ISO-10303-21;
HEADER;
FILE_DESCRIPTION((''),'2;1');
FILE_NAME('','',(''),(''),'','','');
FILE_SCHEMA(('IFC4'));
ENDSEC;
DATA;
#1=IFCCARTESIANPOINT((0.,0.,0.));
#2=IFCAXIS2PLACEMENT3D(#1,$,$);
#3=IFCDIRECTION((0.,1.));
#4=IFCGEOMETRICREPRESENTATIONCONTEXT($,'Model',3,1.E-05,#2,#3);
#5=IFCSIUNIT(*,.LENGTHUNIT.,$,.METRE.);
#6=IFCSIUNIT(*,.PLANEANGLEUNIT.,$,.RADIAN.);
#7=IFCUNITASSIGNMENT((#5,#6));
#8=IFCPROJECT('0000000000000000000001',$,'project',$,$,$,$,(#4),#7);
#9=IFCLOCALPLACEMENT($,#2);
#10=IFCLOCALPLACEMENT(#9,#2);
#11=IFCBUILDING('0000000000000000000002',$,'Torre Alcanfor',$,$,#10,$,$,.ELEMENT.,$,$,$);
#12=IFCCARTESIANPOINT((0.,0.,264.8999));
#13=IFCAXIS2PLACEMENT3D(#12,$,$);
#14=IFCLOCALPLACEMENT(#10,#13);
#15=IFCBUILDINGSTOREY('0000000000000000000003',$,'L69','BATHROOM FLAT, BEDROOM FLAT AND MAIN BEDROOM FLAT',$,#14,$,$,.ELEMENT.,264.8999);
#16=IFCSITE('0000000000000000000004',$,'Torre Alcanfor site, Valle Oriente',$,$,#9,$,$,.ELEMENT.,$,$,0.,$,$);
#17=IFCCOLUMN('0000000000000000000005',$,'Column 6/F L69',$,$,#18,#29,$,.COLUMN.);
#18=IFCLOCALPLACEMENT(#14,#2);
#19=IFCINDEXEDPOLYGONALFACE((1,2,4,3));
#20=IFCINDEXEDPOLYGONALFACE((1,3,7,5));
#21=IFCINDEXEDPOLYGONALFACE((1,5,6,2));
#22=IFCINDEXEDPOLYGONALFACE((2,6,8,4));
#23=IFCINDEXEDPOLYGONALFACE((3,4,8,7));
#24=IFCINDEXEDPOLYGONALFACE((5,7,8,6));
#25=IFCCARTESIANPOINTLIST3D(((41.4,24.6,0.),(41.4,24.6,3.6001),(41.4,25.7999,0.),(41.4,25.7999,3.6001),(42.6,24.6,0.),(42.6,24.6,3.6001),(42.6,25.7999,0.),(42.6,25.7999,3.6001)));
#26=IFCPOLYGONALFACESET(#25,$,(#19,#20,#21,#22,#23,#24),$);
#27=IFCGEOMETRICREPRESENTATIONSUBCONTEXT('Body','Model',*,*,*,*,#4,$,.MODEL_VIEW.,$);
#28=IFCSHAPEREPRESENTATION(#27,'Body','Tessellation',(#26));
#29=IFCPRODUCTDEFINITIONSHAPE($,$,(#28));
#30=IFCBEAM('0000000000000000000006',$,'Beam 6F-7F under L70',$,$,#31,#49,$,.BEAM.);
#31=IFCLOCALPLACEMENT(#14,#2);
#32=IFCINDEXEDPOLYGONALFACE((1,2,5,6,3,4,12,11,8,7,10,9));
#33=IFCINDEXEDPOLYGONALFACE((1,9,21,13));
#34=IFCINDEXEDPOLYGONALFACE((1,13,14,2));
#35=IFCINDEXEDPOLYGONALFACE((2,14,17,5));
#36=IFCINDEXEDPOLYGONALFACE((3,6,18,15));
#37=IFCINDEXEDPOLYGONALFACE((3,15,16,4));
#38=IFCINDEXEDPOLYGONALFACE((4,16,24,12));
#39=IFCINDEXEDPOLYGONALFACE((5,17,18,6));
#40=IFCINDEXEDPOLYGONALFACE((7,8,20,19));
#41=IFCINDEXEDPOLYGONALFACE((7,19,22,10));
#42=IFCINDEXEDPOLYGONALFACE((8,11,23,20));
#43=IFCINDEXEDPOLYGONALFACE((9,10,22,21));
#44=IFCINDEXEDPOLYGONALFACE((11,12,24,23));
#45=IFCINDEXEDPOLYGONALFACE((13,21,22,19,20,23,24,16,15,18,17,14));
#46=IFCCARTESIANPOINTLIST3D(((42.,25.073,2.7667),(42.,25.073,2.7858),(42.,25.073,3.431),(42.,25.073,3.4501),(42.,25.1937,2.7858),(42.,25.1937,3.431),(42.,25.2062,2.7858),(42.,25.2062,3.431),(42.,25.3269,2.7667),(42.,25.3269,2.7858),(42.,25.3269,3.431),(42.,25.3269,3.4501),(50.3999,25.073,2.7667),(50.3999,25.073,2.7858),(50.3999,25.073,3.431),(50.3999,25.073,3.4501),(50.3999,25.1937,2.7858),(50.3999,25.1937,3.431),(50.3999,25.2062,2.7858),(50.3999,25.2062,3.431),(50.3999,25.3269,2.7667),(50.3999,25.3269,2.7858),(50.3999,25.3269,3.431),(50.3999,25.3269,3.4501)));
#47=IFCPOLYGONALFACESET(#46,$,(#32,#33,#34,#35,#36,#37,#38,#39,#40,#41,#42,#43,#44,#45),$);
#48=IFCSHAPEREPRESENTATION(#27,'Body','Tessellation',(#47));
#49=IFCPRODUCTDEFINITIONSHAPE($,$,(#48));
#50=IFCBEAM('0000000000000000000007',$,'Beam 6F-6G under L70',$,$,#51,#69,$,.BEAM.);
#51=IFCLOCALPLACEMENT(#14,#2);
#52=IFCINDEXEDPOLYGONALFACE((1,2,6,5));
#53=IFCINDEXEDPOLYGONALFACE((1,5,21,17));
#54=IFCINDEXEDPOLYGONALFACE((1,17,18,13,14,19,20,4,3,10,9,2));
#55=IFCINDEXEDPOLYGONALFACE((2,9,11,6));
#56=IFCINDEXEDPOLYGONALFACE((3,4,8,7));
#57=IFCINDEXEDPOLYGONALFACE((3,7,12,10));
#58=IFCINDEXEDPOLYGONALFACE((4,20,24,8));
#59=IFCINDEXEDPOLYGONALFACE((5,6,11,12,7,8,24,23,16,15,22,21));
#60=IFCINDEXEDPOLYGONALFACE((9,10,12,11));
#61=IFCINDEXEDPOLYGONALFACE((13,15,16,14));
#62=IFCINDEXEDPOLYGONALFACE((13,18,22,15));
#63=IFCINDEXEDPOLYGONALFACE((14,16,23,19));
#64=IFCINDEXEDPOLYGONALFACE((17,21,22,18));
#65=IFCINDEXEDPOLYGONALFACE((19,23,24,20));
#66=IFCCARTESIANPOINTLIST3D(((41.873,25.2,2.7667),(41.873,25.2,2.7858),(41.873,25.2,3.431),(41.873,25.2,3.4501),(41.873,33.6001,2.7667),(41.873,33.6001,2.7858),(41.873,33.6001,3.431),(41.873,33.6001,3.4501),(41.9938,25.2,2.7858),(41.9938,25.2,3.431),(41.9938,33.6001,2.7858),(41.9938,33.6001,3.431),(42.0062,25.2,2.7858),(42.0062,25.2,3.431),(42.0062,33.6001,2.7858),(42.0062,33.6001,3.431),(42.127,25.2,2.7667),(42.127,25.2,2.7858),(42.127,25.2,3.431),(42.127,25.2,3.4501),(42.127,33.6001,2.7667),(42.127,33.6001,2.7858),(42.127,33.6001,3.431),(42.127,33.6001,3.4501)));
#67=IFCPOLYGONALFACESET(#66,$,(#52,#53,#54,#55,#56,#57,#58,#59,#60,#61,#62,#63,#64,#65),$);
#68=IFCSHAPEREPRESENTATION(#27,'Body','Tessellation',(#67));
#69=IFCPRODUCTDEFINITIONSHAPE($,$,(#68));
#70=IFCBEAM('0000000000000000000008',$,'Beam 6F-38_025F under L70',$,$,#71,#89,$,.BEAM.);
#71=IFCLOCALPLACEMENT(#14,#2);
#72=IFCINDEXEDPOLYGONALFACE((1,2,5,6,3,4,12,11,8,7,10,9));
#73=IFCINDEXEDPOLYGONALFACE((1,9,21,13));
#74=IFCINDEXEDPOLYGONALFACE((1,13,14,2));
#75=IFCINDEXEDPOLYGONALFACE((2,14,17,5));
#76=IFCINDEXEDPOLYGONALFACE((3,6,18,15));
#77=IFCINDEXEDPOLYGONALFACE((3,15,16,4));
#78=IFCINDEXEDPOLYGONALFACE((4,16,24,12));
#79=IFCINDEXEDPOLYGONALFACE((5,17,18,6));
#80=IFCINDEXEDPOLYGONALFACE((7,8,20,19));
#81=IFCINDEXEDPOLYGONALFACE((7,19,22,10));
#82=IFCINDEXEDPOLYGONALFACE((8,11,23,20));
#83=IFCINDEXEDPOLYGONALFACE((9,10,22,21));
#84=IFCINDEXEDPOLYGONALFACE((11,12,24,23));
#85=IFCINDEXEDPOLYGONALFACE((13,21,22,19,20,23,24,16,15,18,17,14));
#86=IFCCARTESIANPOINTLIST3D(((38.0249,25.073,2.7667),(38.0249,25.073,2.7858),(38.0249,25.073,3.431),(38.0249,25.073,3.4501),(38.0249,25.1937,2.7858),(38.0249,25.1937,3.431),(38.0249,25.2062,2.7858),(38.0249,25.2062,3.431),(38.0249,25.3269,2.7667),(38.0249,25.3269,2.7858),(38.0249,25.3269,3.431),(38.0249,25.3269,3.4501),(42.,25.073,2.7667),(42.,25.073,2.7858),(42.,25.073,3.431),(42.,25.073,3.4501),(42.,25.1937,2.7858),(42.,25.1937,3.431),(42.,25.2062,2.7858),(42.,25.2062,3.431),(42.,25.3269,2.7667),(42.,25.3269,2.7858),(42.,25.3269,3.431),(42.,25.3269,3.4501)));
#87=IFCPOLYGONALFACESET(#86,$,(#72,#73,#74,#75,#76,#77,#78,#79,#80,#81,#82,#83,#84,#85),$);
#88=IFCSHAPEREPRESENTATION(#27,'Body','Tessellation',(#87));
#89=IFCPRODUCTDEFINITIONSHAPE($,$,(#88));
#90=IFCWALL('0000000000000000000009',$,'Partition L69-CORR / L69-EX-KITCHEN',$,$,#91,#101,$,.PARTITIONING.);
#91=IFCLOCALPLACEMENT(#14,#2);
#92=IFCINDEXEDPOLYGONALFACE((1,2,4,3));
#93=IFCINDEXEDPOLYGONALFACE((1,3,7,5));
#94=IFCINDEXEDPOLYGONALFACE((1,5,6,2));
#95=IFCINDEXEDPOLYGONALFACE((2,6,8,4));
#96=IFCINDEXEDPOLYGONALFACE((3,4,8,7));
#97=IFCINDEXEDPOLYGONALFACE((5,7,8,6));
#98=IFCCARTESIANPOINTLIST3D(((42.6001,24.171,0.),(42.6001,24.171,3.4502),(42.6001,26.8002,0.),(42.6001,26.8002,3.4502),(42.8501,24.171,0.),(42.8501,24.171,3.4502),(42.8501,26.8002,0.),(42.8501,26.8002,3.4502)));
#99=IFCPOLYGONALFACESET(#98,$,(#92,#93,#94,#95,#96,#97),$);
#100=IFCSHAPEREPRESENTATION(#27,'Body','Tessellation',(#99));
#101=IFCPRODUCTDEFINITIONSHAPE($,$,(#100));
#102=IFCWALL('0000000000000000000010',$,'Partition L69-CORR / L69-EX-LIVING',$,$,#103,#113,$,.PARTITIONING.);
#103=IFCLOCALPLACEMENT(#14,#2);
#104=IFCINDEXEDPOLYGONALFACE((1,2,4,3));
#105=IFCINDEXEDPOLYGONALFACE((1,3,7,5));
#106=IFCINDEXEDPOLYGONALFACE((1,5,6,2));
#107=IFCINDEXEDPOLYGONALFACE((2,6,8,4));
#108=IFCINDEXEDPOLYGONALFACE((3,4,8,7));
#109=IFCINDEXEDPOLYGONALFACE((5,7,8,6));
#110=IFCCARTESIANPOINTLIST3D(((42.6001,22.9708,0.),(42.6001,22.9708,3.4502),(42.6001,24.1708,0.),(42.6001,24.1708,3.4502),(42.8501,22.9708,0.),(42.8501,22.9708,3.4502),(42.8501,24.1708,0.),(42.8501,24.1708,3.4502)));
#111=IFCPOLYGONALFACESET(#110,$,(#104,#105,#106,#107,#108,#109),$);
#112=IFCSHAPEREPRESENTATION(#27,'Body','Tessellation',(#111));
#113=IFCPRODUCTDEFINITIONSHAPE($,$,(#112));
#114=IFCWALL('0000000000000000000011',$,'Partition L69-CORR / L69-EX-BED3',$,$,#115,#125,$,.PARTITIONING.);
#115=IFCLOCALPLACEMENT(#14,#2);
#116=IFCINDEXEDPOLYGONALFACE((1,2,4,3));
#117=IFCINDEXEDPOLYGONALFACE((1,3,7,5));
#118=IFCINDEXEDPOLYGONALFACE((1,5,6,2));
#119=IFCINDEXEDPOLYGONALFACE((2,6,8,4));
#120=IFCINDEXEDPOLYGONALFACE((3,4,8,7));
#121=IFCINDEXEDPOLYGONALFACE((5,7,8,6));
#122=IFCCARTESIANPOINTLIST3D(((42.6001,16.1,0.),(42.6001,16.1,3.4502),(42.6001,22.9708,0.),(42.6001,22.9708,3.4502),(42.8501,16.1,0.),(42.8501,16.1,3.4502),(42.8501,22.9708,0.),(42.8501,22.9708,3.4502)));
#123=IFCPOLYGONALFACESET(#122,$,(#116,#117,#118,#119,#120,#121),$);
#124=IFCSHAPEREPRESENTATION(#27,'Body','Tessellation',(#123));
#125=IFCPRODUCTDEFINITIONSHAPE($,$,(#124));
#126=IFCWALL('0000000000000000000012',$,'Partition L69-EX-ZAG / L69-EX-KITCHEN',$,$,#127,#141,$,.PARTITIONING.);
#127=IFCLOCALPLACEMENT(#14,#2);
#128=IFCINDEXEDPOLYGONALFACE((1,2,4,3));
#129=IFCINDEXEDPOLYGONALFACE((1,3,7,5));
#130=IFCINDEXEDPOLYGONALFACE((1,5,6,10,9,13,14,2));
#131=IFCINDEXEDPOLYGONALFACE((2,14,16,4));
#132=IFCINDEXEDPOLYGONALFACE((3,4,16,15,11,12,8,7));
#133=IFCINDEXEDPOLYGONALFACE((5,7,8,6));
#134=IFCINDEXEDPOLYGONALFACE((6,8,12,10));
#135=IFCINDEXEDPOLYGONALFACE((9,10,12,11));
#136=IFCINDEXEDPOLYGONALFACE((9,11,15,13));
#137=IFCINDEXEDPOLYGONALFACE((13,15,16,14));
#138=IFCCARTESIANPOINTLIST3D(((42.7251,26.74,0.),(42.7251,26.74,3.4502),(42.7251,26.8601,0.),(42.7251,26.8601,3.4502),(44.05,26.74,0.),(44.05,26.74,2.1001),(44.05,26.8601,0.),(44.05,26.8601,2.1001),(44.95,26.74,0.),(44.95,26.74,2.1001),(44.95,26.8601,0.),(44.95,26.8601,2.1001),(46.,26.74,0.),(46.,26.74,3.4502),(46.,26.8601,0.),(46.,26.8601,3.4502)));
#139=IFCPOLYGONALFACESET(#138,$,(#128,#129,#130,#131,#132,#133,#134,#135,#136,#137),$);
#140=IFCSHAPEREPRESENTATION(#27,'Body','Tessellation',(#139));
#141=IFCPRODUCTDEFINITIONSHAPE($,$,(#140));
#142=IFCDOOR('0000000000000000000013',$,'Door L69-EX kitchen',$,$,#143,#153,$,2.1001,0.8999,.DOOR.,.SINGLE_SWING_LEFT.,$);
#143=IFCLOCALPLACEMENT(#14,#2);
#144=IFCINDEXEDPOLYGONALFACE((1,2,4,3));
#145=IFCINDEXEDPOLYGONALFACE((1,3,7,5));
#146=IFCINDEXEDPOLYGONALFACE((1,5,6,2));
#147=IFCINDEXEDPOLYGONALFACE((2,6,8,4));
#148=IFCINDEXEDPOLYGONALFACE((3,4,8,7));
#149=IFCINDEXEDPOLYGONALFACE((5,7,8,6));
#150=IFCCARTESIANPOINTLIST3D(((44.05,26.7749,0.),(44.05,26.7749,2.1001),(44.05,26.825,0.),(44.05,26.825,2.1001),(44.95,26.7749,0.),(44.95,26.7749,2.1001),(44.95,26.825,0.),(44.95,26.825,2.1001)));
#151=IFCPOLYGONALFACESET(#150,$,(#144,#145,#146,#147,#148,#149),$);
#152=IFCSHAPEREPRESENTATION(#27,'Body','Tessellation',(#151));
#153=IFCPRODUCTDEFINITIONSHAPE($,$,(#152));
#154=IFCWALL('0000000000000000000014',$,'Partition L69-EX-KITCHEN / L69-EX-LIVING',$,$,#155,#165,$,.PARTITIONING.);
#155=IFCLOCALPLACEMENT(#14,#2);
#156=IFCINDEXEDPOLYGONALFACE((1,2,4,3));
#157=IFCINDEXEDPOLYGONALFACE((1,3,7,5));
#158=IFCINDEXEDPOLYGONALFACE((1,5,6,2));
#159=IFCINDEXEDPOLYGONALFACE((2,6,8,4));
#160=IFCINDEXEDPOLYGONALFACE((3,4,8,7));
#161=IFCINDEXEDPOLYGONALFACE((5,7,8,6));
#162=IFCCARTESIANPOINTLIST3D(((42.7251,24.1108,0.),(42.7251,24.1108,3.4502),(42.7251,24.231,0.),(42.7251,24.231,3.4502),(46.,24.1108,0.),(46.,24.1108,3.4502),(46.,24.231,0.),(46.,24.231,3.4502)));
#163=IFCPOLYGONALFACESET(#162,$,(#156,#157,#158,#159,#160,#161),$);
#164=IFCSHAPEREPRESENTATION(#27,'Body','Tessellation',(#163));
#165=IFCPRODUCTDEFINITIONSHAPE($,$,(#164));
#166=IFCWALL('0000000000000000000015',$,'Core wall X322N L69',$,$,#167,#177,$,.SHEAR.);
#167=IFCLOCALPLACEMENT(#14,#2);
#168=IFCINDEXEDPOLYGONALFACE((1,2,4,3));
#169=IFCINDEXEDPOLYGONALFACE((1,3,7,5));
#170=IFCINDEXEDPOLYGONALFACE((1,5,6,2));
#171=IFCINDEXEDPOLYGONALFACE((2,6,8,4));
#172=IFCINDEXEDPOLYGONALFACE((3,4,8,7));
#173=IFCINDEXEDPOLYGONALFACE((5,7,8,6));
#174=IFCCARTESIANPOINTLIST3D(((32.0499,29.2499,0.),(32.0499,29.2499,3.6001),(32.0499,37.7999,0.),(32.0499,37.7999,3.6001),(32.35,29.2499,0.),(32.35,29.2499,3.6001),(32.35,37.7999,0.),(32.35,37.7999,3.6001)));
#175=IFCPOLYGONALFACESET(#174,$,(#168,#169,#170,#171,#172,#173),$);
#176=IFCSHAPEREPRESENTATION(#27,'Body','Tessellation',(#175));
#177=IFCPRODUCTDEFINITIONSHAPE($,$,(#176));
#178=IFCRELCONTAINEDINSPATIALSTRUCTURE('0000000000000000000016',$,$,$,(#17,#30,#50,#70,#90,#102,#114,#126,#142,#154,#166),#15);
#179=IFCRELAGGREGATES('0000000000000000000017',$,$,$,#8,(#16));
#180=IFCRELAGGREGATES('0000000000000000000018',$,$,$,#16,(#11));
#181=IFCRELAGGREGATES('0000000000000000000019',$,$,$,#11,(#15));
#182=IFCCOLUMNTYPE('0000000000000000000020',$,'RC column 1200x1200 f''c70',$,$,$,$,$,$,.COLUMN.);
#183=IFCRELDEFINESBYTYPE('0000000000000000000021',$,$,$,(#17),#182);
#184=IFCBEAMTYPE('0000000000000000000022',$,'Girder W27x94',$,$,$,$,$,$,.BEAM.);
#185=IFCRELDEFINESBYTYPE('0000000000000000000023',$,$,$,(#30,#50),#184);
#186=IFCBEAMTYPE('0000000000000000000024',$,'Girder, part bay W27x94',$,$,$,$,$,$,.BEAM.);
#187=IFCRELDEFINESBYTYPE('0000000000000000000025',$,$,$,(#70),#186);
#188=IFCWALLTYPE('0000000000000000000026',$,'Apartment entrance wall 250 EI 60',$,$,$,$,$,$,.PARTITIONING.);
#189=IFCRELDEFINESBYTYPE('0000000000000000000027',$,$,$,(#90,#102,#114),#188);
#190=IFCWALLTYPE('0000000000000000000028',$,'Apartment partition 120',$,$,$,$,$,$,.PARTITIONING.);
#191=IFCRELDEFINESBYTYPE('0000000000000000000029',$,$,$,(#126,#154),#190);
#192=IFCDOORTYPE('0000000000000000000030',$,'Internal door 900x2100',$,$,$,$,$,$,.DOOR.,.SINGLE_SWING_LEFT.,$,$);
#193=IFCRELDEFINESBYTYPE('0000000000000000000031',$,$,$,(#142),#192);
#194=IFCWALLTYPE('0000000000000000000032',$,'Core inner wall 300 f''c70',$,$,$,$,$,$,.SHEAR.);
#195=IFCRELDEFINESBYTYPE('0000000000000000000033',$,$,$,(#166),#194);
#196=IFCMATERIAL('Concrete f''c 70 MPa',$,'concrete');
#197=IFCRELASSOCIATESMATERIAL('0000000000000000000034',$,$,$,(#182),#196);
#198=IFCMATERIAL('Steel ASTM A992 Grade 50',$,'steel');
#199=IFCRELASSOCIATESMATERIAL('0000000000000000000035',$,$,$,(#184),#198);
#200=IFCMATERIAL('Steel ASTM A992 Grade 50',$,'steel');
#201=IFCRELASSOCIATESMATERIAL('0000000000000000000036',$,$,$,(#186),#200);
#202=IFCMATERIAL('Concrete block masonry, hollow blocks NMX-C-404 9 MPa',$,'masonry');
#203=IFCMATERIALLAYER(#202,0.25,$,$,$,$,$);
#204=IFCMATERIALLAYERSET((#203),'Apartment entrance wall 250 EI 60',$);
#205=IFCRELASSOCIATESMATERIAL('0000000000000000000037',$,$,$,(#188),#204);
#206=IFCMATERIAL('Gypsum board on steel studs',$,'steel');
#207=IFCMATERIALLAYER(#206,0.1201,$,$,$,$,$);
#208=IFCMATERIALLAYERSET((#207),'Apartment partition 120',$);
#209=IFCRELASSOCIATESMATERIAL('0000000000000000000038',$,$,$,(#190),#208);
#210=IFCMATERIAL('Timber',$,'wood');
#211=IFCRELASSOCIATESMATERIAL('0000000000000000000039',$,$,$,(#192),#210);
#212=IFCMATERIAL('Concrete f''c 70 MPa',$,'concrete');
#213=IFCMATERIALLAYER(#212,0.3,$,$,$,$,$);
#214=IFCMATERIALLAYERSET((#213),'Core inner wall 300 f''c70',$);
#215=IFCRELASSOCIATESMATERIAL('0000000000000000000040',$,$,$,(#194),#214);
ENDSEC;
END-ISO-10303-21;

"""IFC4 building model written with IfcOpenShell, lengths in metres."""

from ifc_helpers import new_model, si_unit, direction, frame, frame_2d, origin, origin_2d, place, context, subcontext, project, spatial, rectangle, i_section, extrude, material, layer, layer_set, material_profile, profile_set, type_object, element, fill, save


model = new_model("IFC4")

# Units and contexts
model_context = context("Model", 3, precision=1e-05, world=origin(), true_north=direction((0.0, 1.0)))
body_context = subcontext(model_context, "Body", "Model", "MODEL_VIEW")
ifc_project = project(units=[si_unit("LENGTHUNIT", "METRE"), si_unit("PLANEANGLEUNIT", "RADIAN")], contexts=[model_context])

# Site, building, storey
site_placement = place(None, origin())
site = spatial("IfcSite", under=ifc_project, at=site_placement, Name="Torre Alcanfor site, Valle Oriente", CompositionType="ELEMENT", RefElevation=0.0)
building_placement = place(site_placement, origin())
building = spatial("IfcBuilding", under=site, at=building_placement, Name="Torre Alcanfor", CompositionType="ELEMENT")
storey_placement = place(building_placement, frame((0.0, 0.0, 264.8999)))
storey = spatial("IfcBuildingStorey", under=building, at=storey_placement, Name="L69", Description="BATHROOM FLAT, BEDROOM FLAT AND MAIN BEDROOM FLAT", CompositionType="ELEMENT", Elevation=264.8999)

# Column
ifc_material_1 = material(Name="Concrete f'c 70 MPa", Category="concrete")
ifc_material_profile_1 = material_profile(ifc_material_1, rectangle(XDim=1.2, YDim=1.2, at=origin_2d()), Name="1200x1200")
ifc_profile_set_1 = profile_set([ifc_material_profile_1], Name="Concrete f'c 70 MPa")
column_type = type_object("IfcColumnType", Name="RC column 1200x1200 f'c70", PredefinedType="COLUMN", material=ifc_profile_set_1)
column_placement = place(storey_placement, frame((42.0, 25.2, 0.0), z_axis=(0.0, 0.0, 1.0), x_axis=(1.0, 0.0, 0.0)))
element("IfcColumn", 1, at=column_placement, inside=storey, type_object=column_type, Name="Column 6/F L69", PredefinedType="COLUMN", context=body_context, shape_type="SweptSolid", body=[
    extrude(rectangle(XDim=1.2, YDim=1.2, at=origin_2d()), origin(), (0.0, 0.0, 1.0), 3.6001),
])

# Beams
ifc_material_2 = material(Name="Steel ASTM A992 Grade 50", Category="steel")
ifc_material_profile_2 = material_profile(ifc_material_2, i_section(OverallWidth=0.2539, OverallDepth=0.6833, WebThickness=0.0125, FlangeThickness=0.019, at=origin_2d()), Name="W27x94")
ifc_profile_set_2 = profile_set([ifc_material_profile_2], Name="Steel ASTM A992 Grade 50")
beam_type_1 = type_object("IfcBeamType", Name="Girder W27x94", PredefinedType="BEAM", material=ifc_profile_set_2)
beam_1_placement = place(storey_placement, frame((42.0, 25.2, 3.1084), z_axis=(1.0, 0.0, 0.0), x_axis=(0.0, 1.0, 0.0)))
element("IfcBeam", 2, at=beam_1_placement, inside=storey, type_object=beam_type_1, Name="Beam 6F-7F under L70", PredefinedType="BEAM", context=body_context, shape_type="SweptSolid", body=[
    extrude(i_section(OverallWidth=0.2539, OverallDepth=0.6833, WebThickness=0.0125, FlangeThickness=0.019, at=origin_2d()), origin(), (0.0, 0.0, 1.0), 8.3999),
])
beam_2_placement = place(storey_placement, frame((42.0, 25.2, 3.1084), z_axis=(0.0, 1.0, 0.0), x_axis=(-1.0, 0.0, 0.0)))
element("IfcBeam", 3, at=beam_2_placement, inside=storey, type_object=beam_type_1, Name="Beam 6F-6G under L70", PredefinedType="BEAM", context=body_context, shape_type="SweptSolid", body=[
    extrude(i_section(OverallWidth=0.2539, OverallDepth=0.6833, WebThickness=0.0125, FlangeThickness=0.019, at=origin_2d()), origin(), (0.0, 0.0, 1.0), 8.4001),
])
ifc_material_3 = material(Name="Steel ASTM A992 Grade 50", Category="steel")
ifc_material_profile_3 = material_profile(ifc_material_3, i_section(OverallWidth=0.2539, OverallDepth=0.6833, WebThickness=0.0125, FlangeThickness=0.019, at=origin_2d()), Name="W27x94")
ifc_profile_set_3 = profile_set([ifc_material_profile_3], Name="Steel ASTM A992 Grade 50")
beam_type_2 = type_object("IfcBeamType", Name="Girder, part bay W27x94", PredefinedType="BEAM", material=ifc_profile_set_3)
beam_3_placement = place(storey_placement, frame((42.0, 25.2, 3.1084), z_axis=(-1.0, 0.0, 0.0), x_axis=(0.0, -1.0, 0.0)))
element("IfcBeam", 4, at=beam_3_placement, inside=storey, type_object=beam_type_2, Name="Beam 6F-38_025F under L70", PredefinedType="BEAM", context=body_context, shape_type="SweptSolid", body=[
    extrude(i_section(OverallWidth=0.2539, OverallDepth=0.6833, WebThickness=0.0125, FlangeThickness=0.019, at=origin_2d()), origin(), (0.0, 0.0, 1.0), 3.9751),
])

# Walls
ifc_material_4 = material(Name="Concrete block masonry, hollow blocks NMX-C-404 9 MPa", Category="masonry")
ifc_layer_1 = layer(ifc_material_4, 0.25)
ifc_layer_set_1 = layer_set([ifc_layer_1], Name="Apartment entrance wall 250 EI 60")
wall_type_1 = type_object("IfcWallType", Name="Apartment entrance wall 250 EI 60", PredefinedType="PARTITIONING", material=ifc_layer_set_1)
wall_1_placement = place(storey_placement, frame((42.7251, 26.8, 0.0), z_axis=(0.0, 0.0, 1.0), x_axis=(0.0, -1.0, 0.0)))
element("IfcWall", 5, at=wall_1_placement, inside=storey, type_object=wall_type_1, Name="Partition L69-CORR / L69-EX-KITCHEN", PredefinedType="PARTITIONING", context=body_context, shape_type="SweptSolid", body=[
    extrude(rectangle(XDim=2.6292, YDim=0.25, at=frame_2d((1.3145, 0.0))), origin(), (0.0, 0.0, 1.0), 3.4502),
])
wall_2_placement = place(storey_placement, frame((42.7251, 24.1709, 0.0), z_axis=(0.0, 0.0, 1.0), x_axis=(0.0, -1.0, 0.0)))
element("IfcWall", 6, at=wall_2_placement, inside=storey, type_object=wall_type_1, Name="Partition L69-CORR / L69-EX-LIVING", PredefinedType="PARTITIONING", context=body_context, shape_type="SweptSolid", body=[
    extrude(rectangle(XDim=1.2, YDim=0.25, at=frame_2d((0.6001, 0.0))), origin(), (0.0, 0.0, 1.0), 3.4502),
])
wall_3_placement = place(storey_placement, frame((42.7251, 22.9709, 0.0), z_axis=(0.0, 0.0, 1.0), x_axis=(0.0, -1.0, 0.0)))
element("IfcWall", 7, at=wall_3_placement, inside=storey, type_object=wall_type_1, Name="Partition L69-CORR / L69-EX-BED3", PredefinedType="PARTITIONING", context=body_context, shape_type="SweptSolid", body=[
    extrude(rectangle(XDim=6.8708, YDim=0.25, at=frame_2d((3.4355, 0.0))), origin(), (0.0, 0.0, 1.0), 3.4502),
])

# Wall, opening, door
ifc_material_5 = material(Name="Gypsum board on steel studs", Category="steel")
ifc_layer_2 = layer(ifc_material_5, 0.1201)
ifc_layer_set_2 = layer_set([ifc_layer_2], Name="Apartment partition 120")
wall_type_2 = type_object("IfcWallType", Name="Apartment partition 120", PredefinedType="PARTITIONING", material=ifc_layer_set_2)
wall_4_placement = place(storey_placement, frame((42.7251, 26.8, 0.0), z_axis=(0.0, 0.0, 1.0), x_axis=(1.0, 0.0, 0.0)))
wall_4 = element("IfcWall", 8, at=wall_4_placement, inside=storey, type_object=wall_type_2, Name="Partition L69-EX-ZAG / L69-EX-KITCHEN", PredefinedType="PARTITIONING", context=body_context, shape_type="SweptSolid", body=[
    extrude(rectangle(XDim=3.2749, YDim=0.1201, at=frame_2d((1.6375, 0.0))), origin(), (0.0, 0.0, 1.0), 3.4502),
])
opening_1_placement = place(wall_4_placement, frame((1.325, 0.0, 0.0)))
opening_1 = element("IfcOpeningElement", 9, at=opening_1_placement, cuts=wall_4, PredefinedType="OPENING", context=body_context, shape_type="SweptSolid", body=[
    extrude(rectangle(XDim=0.8999, YDim=2.1001, at=frame_2d((0.45, 1.05))), frame((0.0, 0.0701, 0.0), z_axis=(0.0, -1.0, 0.0), x_axis=(1.0, 0.0, 0.0)), (0.0, 0.0, 1.0), 0.1401),
])
ifc_material_6 = material(Name="Timber", Category="wood")
door_type_1 = type_object("IfcDoorType", Name="Internal door 900x2100", OperationType="SINGLE_SWING_LEFT", PredefinedType="DOOR", material=ifc_material_6)
door_1_placement = place(opening_1_placement, frame((0.8999, 0.0, 0.0), z_axis=(0.0, 0.0, 1.0), x_axis=(-1.0, 0.0, 0.0)))
door_1 = element("IfcDoor", 10, at=door_1_placement, inside=storey, type_object=door_type_1, Name="Door L69-EX kitchen", OperationType="SINGLE_SWING_LEFT", OverallHeight=2.1001, OverallWidth=0.8999, PredefinedType="DOOR", context=body_context, shape_type="SweptSolid", body=[
    extrude(rectangle(XDim=0.8999, YDim=2.1001, at=frame_2d((0.45, 1.05))), frame((0.0, 0.0251, 0.0), z_axis=(0.0, -1.0, 0.0), x_axis=(1.0, 0.0, 0.0)), (0.0, 0.0, 1.0), 0.05),
])
fill(opening_1, door_1)

# Walls
wall_5_placement = place(storey_placement, frame((42.7251, 24.1709, 0.0), z_axis=(0.0, 0.0, 1.0), x_axis=(1.0, 0.0, 0.0)))
element("IfcWall", 11, at=wall_5_placement, inside=storey, type_object=wall_type_2, Name="Partition L69-EX-KITCHEN / L69-EX-LIVING", PredefinedType="PARTITIONING", context=body_context, shape_type="SweptSolid", body=[
    extrude(rectangle(XDim=3.2749, YDim=0.1201, at=frame_2d((1.6375, 0.0))), origin(), (0.0, 0.0, 1.0), 3.4502),
])
ifc_material_7 = material(Name="Concrete f'c 70 MPa", Category="concrete")
ifc_layer_3 = layer(ifc_material_7, 0.3)
ifc_layer_set_3 = layer_set([ifc_layer_3], Name="Core inner wall 300 f'c70")
wall_type_3 = type_object("IfcWallType", Name="Core inner wall 300 f'c70", PredefinedType="SHEAR", material=ifc_layer_set_3)
wall_6_placement = place(storey_placement, frame((32.2, 29.25, 0.0), z_axis=(0.0, 0.0, 1.0), x_axis=(0.0, 1.0, 0.0)))
element("IfcWall", 12, at=wall_6_placement, inside=storey, type_object=wall_type_3, Name="Core wall X322N L69", PredefinedType="SHEAR", context=body_context, shape_type="SweptSolid", body=[
    extrude(rectangle(XDim=8.55, YDim=0.3, at=frame_2d((4.2749, 0.0))), origin(), (0.0, 0.0, 1.0), 3.6001),
])

save(model, "model.ifc")
